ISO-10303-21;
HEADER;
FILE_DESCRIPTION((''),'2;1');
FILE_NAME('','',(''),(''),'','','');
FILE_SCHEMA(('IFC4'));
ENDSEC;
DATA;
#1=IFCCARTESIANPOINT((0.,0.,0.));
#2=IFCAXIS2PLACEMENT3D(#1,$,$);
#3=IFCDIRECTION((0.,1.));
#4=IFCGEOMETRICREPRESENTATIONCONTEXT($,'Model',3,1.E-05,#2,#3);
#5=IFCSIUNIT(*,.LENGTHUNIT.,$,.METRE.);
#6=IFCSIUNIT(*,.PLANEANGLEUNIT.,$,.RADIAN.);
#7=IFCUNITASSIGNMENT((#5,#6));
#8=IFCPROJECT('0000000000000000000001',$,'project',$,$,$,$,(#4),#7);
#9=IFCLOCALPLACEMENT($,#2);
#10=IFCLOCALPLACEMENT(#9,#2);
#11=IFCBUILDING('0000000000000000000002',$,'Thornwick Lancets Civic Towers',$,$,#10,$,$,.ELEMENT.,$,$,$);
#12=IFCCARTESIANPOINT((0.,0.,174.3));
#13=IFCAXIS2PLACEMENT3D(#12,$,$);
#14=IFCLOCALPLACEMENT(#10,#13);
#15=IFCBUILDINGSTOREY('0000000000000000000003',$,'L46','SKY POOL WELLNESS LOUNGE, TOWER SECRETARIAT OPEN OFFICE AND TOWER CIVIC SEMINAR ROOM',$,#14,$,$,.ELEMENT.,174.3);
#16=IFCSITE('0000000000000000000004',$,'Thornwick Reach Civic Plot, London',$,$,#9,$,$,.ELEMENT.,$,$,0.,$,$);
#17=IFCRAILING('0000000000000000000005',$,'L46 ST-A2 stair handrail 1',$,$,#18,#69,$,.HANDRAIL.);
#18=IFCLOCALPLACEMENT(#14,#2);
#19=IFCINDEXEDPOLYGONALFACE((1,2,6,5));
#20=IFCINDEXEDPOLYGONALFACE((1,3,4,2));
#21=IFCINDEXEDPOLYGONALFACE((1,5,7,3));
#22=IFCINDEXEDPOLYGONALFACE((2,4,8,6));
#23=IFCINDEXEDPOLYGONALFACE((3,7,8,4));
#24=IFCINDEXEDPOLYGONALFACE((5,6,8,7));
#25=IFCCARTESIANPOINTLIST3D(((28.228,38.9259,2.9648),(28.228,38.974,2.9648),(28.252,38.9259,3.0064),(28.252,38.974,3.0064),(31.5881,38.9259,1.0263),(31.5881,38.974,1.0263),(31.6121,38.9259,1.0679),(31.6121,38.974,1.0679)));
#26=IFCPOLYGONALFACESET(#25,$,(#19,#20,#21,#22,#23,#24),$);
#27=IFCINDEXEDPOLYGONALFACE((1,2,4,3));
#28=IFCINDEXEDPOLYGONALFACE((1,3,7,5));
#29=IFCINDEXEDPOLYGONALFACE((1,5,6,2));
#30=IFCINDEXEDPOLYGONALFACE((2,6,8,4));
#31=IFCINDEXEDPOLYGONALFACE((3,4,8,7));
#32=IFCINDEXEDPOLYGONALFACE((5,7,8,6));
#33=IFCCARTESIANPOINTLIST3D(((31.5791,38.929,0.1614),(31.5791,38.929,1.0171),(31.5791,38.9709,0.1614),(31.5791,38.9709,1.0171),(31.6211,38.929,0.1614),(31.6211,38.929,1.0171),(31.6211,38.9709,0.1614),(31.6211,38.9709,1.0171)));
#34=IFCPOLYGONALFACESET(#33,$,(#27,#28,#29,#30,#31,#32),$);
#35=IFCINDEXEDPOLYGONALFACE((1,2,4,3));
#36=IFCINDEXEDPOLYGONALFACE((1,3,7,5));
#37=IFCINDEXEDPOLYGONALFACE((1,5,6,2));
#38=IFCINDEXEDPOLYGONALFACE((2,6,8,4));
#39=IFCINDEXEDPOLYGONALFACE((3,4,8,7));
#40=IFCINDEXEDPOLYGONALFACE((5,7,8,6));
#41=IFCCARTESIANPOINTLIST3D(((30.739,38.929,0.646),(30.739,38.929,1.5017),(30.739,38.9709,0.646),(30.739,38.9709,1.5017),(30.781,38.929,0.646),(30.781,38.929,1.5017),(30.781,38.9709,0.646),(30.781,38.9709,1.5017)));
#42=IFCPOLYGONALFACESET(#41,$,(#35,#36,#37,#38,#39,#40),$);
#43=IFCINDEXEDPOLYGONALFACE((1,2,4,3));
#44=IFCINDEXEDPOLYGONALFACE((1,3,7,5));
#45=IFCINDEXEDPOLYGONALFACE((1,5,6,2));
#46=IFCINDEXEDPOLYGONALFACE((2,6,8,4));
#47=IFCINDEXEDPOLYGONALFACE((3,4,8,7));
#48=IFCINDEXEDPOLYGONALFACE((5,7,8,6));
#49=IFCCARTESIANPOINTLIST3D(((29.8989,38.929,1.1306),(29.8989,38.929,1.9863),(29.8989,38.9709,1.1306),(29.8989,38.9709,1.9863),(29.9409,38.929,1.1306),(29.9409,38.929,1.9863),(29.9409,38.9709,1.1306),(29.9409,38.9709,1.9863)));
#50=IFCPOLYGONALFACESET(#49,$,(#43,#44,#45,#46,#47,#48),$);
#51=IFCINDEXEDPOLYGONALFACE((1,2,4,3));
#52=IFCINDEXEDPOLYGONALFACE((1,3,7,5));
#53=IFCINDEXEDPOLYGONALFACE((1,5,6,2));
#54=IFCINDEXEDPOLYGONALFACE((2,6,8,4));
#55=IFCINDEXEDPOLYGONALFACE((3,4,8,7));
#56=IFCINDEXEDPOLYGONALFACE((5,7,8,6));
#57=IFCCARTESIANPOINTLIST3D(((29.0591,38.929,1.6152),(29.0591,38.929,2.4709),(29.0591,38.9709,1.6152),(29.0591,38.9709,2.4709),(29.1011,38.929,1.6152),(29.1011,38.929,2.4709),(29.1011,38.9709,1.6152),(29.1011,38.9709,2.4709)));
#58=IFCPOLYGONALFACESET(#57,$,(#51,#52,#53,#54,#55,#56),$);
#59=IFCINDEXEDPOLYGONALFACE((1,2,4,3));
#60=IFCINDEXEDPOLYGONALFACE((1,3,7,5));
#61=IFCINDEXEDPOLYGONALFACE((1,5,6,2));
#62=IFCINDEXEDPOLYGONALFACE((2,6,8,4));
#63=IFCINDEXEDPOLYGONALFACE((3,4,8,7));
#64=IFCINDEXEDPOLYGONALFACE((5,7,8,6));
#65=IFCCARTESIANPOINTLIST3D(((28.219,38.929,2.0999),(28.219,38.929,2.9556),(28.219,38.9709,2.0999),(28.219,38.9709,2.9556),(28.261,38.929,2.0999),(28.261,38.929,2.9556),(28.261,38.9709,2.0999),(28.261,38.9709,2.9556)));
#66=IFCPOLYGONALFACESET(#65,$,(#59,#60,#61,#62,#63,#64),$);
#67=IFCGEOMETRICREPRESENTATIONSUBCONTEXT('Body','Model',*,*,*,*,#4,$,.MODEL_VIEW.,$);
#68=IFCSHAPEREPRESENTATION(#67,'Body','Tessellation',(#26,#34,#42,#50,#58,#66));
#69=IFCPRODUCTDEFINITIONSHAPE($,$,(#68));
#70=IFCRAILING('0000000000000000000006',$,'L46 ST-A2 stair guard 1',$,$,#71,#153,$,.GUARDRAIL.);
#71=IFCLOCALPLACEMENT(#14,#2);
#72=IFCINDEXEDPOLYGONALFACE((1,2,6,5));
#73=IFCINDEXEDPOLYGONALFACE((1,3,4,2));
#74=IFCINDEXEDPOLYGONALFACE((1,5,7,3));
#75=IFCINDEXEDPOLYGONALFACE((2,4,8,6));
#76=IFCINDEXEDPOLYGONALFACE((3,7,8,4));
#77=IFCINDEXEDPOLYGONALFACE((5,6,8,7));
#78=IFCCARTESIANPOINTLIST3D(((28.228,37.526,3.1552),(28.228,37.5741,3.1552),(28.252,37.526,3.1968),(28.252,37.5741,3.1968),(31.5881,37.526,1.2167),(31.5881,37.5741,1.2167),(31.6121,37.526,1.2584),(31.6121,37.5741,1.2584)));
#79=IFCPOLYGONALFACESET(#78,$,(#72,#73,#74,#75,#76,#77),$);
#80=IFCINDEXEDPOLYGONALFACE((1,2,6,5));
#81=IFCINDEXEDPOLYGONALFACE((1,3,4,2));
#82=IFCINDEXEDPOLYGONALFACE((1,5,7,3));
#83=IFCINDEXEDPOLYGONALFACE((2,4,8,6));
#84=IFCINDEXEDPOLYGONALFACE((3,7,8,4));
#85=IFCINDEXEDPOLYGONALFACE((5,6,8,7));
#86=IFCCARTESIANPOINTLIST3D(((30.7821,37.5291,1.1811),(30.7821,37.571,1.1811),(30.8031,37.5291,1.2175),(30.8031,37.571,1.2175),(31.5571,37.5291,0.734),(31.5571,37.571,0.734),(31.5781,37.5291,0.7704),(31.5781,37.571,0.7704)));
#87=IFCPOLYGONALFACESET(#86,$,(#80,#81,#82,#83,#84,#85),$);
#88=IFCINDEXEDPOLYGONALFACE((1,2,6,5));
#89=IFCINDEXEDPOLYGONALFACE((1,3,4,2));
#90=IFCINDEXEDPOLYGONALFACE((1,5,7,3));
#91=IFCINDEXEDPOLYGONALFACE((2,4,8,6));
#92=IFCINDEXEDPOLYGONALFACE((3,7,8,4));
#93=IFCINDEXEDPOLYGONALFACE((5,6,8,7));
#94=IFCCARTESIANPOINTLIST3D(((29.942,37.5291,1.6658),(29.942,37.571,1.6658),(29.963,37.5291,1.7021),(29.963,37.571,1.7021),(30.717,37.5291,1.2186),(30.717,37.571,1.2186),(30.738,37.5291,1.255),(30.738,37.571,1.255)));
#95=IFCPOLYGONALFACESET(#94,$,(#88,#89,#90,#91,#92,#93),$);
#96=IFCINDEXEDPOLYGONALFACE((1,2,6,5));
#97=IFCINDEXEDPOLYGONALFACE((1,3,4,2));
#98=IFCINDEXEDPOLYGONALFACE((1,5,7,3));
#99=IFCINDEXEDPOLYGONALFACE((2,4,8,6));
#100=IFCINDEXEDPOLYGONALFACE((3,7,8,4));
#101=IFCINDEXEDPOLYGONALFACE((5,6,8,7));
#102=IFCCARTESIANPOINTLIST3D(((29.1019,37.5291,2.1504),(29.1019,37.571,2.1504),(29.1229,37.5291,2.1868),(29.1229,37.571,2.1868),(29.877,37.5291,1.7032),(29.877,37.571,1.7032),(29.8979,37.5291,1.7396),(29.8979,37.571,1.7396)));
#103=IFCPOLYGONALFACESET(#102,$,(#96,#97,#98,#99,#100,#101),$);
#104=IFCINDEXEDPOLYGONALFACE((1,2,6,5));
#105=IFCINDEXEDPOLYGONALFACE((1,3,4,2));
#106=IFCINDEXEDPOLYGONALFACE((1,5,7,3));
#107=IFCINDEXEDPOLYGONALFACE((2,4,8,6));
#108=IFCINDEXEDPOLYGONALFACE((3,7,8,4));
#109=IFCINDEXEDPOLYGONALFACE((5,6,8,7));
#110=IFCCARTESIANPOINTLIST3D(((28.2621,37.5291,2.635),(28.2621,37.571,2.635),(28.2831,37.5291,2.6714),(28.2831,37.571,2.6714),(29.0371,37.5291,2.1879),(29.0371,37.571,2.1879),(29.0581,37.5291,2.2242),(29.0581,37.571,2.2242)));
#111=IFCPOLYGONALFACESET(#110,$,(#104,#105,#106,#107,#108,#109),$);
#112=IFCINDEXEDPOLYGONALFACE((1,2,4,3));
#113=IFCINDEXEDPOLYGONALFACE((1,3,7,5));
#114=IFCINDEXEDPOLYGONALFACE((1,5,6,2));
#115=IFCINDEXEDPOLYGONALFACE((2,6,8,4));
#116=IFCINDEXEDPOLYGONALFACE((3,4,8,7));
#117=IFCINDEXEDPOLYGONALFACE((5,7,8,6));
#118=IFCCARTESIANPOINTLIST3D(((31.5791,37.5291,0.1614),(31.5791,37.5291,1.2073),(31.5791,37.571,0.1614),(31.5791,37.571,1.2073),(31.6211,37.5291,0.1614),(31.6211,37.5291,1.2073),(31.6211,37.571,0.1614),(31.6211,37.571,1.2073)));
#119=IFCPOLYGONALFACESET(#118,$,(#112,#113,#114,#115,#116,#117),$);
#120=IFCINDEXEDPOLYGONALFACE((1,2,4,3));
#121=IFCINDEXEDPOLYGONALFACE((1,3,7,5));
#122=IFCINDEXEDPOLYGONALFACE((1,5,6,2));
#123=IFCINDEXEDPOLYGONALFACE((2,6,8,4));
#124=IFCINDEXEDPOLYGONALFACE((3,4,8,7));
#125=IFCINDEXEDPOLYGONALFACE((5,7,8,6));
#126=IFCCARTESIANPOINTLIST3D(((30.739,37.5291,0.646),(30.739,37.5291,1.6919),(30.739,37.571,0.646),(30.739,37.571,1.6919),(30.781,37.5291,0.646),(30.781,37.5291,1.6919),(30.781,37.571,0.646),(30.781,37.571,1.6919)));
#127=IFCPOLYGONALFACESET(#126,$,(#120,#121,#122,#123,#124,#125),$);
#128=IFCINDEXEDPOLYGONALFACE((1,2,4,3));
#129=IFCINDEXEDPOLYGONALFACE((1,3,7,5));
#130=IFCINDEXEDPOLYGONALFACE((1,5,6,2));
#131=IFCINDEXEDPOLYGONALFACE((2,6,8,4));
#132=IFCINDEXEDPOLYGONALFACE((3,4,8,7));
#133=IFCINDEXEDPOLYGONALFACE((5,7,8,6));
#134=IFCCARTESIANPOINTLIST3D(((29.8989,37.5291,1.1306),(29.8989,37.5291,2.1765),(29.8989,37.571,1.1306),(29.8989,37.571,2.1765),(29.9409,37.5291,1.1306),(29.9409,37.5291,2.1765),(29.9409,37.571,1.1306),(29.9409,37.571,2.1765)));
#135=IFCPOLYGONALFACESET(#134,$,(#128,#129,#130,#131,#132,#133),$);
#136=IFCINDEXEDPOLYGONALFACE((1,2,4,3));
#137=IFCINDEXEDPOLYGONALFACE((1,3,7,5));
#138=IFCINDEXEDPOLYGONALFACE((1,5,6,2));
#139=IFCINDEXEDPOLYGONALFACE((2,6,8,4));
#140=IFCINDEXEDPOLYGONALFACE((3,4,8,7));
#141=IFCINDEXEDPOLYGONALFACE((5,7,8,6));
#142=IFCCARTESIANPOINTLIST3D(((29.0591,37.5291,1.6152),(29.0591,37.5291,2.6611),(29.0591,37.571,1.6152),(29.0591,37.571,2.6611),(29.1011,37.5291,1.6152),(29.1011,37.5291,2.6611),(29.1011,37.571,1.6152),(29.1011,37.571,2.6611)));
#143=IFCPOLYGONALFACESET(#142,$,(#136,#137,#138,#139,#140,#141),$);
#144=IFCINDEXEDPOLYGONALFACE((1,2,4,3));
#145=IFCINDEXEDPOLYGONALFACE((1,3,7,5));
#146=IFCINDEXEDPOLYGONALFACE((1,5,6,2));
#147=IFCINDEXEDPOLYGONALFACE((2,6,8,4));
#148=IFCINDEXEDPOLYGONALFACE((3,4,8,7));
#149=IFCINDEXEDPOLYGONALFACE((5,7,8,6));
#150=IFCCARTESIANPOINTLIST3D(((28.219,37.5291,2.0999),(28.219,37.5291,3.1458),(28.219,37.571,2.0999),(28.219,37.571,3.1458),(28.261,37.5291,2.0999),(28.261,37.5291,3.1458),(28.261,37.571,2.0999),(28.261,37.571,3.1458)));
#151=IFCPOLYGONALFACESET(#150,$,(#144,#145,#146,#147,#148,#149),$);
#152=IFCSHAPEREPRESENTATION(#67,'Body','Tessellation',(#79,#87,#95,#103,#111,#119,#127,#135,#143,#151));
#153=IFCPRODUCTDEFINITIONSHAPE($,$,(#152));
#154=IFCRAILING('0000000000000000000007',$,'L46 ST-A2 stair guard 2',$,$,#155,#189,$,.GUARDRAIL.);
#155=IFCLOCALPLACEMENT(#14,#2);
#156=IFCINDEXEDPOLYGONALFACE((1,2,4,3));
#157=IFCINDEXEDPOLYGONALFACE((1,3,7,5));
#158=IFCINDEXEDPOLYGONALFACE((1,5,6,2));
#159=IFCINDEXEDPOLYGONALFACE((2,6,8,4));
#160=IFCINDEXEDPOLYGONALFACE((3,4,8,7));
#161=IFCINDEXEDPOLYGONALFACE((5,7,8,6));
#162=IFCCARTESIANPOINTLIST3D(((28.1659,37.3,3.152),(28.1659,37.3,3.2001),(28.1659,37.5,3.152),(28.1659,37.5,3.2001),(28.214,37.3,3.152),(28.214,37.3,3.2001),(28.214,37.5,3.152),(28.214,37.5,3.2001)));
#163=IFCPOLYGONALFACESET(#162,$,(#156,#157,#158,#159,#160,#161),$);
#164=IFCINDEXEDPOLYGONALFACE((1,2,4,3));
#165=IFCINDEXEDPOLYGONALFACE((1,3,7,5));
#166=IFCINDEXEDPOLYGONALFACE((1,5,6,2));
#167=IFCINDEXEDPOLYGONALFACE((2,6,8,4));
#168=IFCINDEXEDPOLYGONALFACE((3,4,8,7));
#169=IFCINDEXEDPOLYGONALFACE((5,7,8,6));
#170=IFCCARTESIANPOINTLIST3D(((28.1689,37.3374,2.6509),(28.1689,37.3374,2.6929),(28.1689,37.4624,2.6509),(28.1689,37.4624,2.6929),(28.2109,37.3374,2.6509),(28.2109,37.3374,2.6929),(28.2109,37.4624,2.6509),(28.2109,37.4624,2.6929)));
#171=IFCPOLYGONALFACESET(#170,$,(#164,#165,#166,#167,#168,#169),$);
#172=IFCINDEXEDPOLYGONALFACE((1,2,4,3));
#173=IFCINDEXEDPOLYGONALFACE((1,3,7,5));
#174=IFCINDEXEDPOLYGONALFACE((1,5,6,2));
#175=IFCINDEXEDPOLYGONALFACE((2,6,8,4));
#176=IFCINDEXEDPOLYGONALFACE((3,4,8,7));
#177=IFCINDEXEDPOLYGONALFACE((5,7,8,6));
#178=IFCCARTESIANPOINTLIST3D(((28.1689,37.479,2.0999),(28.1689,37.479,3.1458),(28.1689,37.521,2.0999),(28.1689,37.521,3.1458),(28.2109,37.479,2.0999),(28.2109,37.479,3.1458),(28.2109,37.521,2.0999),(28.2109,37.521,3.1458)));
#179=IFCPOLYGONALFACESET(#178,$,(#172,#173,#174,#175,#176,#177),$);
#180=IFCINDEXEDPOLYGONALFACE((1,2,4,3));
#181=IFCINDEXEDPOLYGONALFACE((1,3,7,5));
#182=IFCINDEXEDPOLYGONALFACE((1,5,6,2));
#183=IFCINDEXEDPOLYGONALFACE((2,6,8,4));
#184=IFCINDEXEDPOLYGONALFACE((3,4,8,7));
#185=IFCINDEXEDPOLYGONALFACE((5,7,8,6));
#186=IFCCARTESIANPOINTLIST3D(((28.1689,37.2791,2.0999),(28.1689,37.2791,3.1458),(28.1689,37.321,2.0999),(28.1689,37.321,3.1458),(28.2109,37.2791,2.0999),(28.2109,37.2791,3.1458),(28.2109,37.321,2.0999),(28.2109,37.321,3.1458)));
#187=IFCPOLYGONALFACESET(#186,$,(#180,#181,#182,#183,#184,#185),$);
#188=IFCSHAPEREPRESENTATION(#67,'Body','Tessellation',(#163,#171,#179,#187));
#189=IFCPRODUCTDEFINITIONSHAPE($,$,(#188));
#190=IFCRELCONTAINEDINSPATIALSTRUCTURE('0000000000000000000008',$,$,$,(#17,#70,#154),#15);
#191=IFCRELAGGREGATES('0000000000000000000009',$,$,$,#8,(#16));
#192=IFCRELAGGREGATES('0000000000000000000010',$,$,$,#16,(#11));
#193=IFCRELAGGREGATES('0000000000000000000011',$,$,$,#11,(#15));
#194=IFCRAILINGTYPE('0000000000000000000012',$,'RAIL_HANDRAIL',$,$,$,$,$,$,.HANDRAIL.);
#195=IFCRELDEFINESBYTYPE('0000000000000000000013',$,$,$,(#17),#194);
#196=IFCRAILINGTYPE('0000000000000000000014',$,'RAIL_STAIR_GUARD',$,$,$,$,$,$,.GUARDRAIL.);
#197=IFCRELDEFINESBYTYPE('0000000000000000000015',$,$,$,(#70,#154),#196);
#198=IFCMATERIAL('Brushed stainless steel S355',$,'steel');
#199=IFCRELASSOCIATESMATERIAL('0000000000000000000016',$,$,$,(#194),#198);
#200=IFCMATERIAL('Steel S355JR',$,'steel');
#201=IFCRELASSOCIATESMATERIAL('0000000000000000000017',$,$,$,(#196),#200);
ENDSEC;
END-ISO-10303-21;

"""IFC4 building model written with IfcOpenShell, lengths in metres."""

from ifc_helpers import new_model, si_unit, direction, frame, origin, origin_2d, place, context, subcontext, project, spatial, rectangle, extrude, material, type_object, element, save


model = new_model("IFC4")

# Units and contexts
model_context = context("Model", 3, precision=1e-05, world=origin(), true_north=direction((0.0, 1.0)))
body_context = subcontext(model_context, "Body", "Model", "MODEL_VIEW")
ifc_project = project(units=[si_unit("LENGTHUNIT", "METRE"), si_unit("PLANEANGLEUNIT", "RADIAN")], contexts=[model_context])

# Site, building, storey
site_placement = place(None, origin())
site = spatial("IfcSite", under=ifc_project, at=site_placement, Name="Thornwick Reach Civic Plot, London", CompositionType="ELEMENT", RefElevation=0.0)
building_placement = place(site_placement, origin())
building = spatial("IfcBuilding", under=site, at=building_placement, Name="Thornwick Lancets Civic Towers", CompositionType="ELEMENT")
storey_placement = place(building_placement, frame((0.0, 0.0, 174.3)))
storey = spatial("IfcBuildingStorey", under=building, at=storey_placement, Name="L46", Description="SKY POOL WELLNESS LOUNGE, TOWER SECRETARIAT OPEN OFFICE AND TOWER CIVIC SEMINAR ROOM", CompositionType="ELEMENT", Elevation=174.3)

# Shared definitions
ifc_material_1 = material(Name="Steel S355JR", Category="steel")

# Railings
ifc_material_2 = material(Name="Brushed stainless steel S355", Category="steel")
railing_type_1 = type_object("IfcRailingType", Name="RAIL_HANDRAIL", PredefinedType="HANDRAIL", material=ifc_material_2)
railing_1_placement = place(storey_placement, frame((31.6001, 38.95, 0.1614)))
element("IfcRailing", 1, at=railing_1_placement, inside=storey, type_object=railing_type_1, Name="L46 ST-A2 stair handrail 1", PredefinedType="HANDRAIL", context=body_context, shape_type="SweptSolid", body=[
    extrude(rectangle(XDim=0.0481, YDim=0.0481, at=origin_2d()), frame((0.0, 0.0, 0.8857), z_axis=(-0.866191, 0.0, 0.499713), x_axis=(0.0, -1.0, 0.0)), (0.0, 0.0, 1.0), 3.8792),
    extrude(rectangle(XDim=0.042, YDim=0.042, at=origin_2d()), origin(), (0.0, 0.0, 1.0), 0.8557),
    extrude(rectangle(XDim=0.042, YDim=0.042, at=origin_2d()), frame((-0.8401, 0.0, 0.4846)), (0.0, 0.0, 1.0), 0.8557),
    extrude(rectangle(XDim=0.042, YDim=0.042, at=origin_2d()), frame((-1.6802, 0.0, 0.9692)), (0.0, 0.0, 1.0), 0.8557),
    extrude(rectangle(XDim=0.042, YDim=0.042, at=origin_2d()), frame((-2.52, 0.0, 1.4539)), (0.0, 0.0, 1.0), 0.8557),
    extrude(rectangle(XDim=0.042, YDim=0.042, at=origin_2d()), frame((-3.3601, 0.0, 1.9385)), (0.0, 0.0, 1.0), 0.8557),
])
railing_type_2 = type_object("IfcRailingType", Name="RAIL_STAIR_GUARD", PredefinedType="GUARDRAIL", material=ifc_material_1)
railing_2_placement = place(storey_placement, frame((31.6001, 37.55, 0.1614)))
element("IfcRailing", 2, at=railing_2_placement, inside=storey, type_object=railing_type_2, Name="L46 ST-A2 stair guard 1", PredefinedType="GUARDRAIL", context=body_context, shape_type="SweptSolid", body=[
    extrude(rectangle(XDim=0.0481, YDim=0.0481, at=origin_2d()), frame((0.0, 0.0, 1.0762), z_axis=(-0.866191, 0.0, 0.499713), x_axis=(0.0, -1.0, 0.0)), (0.0, 0.0, 1.0), 3.8792),
    extrude(rectangle(XDim=0.042, YDim=0.042, at=origin_2d()), frame((-0.0325, 0.0, 0.5908), z_axis=(-0.866191, 0.0, 0.499713), x_axis=(0.0, -1.0, 0.0)), (0.0, 0.0, 1.0), 0.8948),
    extrude(rectangle(XDim=0.042, YDim=0.042, at=origin_2d()), frame((-0.8726, 0.0, 1.0754), z_axis=(-0.866191, 0.0, 0.499713), x_axis=(0.0, -1.0, 0.0)), (0.0, 0.0, 1.0), 0.8948),
    extrude(rectangle(XDim=0.042, YDim=0.042, at=origin_2d()), frame((-1.7126, 0.0, 1.5601), z_axis=(-0.866191, 0.0, 0.499713), x_axis=(0.0, -1.0, 0.0)), (0.0, 0.0, 1.0), 0.8948),
    extrude(rectangle(XDim=0.042, YDim=0.042, at=origin_2d()), frame((-2.5525, 0.0, 2.0447), z_axis=(-0.866191, 0.0, 0.499713), x_axis=(0.0, -1.0, 0.0)), (0.0, 0.0, 1.0), 0.8948),
    extrude(rectangle(XDim=0.042, YDim=0.042, at=origin_2d()), origin(), (0.0, 0.0, 1.0), 1.0459),
    extrude(rectangle(XDim=0.042, YDim=0.042, at=origin_2d()), frame((-0.8401, 0.0, 0.4846)), (0.0, 0.0, 1.0), 1.0459),
    extrude(rectangle(XDim=0.042, YDim=0.042, at=origin_2d()), frame((-1.6802, 0.0, 0.9692)), (0.0, 0.0, 1.0), 1.0459),
    extrude(rectangle(XDim=0.042, YDim=0.042, at=origin_2d()), frame((-2.52, 0.0, 1.4539)), (0.0, 0.0, 1.0), 1.0459),
    extrude(rectangle(XDim=0.042, YDim=0.042, at=origin_2d()), frame((-3.3601, 0.0, 1.9385)), (0.0, 0.0, 1.0), 1.0459),
])
railing_3_placement = place(storey_placement, frame((28.1899, 37.5, 2.0999)))
element("IfcRailing", 3, at=railing_3_placement, inside=storey, type_object=railing_type_2, Name="L46 ST-A2 stair guard 2", PredefinedType="GUARDRAIL", context=body_context, shape_type="SweptSolid", body=[
    extrude(rectangle(XDim=0.0481, YDim=0.0481, at=origin_2d()), frame((0.0, 0.0, 1.0762), z_axis=(0.0, -1.0, 0.0), x_axis=(1.0, 0.0, 0.0)), (0.0, 0.0, 1.0), 0.2),
    extrude(rectangle(XDim=0.042, YDim=0.042, at=origin_2d()), frame((0.0, -0.0376, 0.572), z_axis=(0.0, -1.0, 0.0), x_axis=(1.0, 0.0, 0.0)), (0.0, 0.0, 1.0), 0.125),
    extrude(rectangle(XDim=0.042, YDim=0.042, at=origin_2d()), origin(), (0.0, 0.0, 1.0), 1.0459),
    extrude(rectangle(XDim=0.042, YDim=0.042, at=origin_2d()), frame((0.0, -0.2, 0.0)), (0.0, 0.0, 1.0), 1.0459),
])

save(model, "model.ifc")
